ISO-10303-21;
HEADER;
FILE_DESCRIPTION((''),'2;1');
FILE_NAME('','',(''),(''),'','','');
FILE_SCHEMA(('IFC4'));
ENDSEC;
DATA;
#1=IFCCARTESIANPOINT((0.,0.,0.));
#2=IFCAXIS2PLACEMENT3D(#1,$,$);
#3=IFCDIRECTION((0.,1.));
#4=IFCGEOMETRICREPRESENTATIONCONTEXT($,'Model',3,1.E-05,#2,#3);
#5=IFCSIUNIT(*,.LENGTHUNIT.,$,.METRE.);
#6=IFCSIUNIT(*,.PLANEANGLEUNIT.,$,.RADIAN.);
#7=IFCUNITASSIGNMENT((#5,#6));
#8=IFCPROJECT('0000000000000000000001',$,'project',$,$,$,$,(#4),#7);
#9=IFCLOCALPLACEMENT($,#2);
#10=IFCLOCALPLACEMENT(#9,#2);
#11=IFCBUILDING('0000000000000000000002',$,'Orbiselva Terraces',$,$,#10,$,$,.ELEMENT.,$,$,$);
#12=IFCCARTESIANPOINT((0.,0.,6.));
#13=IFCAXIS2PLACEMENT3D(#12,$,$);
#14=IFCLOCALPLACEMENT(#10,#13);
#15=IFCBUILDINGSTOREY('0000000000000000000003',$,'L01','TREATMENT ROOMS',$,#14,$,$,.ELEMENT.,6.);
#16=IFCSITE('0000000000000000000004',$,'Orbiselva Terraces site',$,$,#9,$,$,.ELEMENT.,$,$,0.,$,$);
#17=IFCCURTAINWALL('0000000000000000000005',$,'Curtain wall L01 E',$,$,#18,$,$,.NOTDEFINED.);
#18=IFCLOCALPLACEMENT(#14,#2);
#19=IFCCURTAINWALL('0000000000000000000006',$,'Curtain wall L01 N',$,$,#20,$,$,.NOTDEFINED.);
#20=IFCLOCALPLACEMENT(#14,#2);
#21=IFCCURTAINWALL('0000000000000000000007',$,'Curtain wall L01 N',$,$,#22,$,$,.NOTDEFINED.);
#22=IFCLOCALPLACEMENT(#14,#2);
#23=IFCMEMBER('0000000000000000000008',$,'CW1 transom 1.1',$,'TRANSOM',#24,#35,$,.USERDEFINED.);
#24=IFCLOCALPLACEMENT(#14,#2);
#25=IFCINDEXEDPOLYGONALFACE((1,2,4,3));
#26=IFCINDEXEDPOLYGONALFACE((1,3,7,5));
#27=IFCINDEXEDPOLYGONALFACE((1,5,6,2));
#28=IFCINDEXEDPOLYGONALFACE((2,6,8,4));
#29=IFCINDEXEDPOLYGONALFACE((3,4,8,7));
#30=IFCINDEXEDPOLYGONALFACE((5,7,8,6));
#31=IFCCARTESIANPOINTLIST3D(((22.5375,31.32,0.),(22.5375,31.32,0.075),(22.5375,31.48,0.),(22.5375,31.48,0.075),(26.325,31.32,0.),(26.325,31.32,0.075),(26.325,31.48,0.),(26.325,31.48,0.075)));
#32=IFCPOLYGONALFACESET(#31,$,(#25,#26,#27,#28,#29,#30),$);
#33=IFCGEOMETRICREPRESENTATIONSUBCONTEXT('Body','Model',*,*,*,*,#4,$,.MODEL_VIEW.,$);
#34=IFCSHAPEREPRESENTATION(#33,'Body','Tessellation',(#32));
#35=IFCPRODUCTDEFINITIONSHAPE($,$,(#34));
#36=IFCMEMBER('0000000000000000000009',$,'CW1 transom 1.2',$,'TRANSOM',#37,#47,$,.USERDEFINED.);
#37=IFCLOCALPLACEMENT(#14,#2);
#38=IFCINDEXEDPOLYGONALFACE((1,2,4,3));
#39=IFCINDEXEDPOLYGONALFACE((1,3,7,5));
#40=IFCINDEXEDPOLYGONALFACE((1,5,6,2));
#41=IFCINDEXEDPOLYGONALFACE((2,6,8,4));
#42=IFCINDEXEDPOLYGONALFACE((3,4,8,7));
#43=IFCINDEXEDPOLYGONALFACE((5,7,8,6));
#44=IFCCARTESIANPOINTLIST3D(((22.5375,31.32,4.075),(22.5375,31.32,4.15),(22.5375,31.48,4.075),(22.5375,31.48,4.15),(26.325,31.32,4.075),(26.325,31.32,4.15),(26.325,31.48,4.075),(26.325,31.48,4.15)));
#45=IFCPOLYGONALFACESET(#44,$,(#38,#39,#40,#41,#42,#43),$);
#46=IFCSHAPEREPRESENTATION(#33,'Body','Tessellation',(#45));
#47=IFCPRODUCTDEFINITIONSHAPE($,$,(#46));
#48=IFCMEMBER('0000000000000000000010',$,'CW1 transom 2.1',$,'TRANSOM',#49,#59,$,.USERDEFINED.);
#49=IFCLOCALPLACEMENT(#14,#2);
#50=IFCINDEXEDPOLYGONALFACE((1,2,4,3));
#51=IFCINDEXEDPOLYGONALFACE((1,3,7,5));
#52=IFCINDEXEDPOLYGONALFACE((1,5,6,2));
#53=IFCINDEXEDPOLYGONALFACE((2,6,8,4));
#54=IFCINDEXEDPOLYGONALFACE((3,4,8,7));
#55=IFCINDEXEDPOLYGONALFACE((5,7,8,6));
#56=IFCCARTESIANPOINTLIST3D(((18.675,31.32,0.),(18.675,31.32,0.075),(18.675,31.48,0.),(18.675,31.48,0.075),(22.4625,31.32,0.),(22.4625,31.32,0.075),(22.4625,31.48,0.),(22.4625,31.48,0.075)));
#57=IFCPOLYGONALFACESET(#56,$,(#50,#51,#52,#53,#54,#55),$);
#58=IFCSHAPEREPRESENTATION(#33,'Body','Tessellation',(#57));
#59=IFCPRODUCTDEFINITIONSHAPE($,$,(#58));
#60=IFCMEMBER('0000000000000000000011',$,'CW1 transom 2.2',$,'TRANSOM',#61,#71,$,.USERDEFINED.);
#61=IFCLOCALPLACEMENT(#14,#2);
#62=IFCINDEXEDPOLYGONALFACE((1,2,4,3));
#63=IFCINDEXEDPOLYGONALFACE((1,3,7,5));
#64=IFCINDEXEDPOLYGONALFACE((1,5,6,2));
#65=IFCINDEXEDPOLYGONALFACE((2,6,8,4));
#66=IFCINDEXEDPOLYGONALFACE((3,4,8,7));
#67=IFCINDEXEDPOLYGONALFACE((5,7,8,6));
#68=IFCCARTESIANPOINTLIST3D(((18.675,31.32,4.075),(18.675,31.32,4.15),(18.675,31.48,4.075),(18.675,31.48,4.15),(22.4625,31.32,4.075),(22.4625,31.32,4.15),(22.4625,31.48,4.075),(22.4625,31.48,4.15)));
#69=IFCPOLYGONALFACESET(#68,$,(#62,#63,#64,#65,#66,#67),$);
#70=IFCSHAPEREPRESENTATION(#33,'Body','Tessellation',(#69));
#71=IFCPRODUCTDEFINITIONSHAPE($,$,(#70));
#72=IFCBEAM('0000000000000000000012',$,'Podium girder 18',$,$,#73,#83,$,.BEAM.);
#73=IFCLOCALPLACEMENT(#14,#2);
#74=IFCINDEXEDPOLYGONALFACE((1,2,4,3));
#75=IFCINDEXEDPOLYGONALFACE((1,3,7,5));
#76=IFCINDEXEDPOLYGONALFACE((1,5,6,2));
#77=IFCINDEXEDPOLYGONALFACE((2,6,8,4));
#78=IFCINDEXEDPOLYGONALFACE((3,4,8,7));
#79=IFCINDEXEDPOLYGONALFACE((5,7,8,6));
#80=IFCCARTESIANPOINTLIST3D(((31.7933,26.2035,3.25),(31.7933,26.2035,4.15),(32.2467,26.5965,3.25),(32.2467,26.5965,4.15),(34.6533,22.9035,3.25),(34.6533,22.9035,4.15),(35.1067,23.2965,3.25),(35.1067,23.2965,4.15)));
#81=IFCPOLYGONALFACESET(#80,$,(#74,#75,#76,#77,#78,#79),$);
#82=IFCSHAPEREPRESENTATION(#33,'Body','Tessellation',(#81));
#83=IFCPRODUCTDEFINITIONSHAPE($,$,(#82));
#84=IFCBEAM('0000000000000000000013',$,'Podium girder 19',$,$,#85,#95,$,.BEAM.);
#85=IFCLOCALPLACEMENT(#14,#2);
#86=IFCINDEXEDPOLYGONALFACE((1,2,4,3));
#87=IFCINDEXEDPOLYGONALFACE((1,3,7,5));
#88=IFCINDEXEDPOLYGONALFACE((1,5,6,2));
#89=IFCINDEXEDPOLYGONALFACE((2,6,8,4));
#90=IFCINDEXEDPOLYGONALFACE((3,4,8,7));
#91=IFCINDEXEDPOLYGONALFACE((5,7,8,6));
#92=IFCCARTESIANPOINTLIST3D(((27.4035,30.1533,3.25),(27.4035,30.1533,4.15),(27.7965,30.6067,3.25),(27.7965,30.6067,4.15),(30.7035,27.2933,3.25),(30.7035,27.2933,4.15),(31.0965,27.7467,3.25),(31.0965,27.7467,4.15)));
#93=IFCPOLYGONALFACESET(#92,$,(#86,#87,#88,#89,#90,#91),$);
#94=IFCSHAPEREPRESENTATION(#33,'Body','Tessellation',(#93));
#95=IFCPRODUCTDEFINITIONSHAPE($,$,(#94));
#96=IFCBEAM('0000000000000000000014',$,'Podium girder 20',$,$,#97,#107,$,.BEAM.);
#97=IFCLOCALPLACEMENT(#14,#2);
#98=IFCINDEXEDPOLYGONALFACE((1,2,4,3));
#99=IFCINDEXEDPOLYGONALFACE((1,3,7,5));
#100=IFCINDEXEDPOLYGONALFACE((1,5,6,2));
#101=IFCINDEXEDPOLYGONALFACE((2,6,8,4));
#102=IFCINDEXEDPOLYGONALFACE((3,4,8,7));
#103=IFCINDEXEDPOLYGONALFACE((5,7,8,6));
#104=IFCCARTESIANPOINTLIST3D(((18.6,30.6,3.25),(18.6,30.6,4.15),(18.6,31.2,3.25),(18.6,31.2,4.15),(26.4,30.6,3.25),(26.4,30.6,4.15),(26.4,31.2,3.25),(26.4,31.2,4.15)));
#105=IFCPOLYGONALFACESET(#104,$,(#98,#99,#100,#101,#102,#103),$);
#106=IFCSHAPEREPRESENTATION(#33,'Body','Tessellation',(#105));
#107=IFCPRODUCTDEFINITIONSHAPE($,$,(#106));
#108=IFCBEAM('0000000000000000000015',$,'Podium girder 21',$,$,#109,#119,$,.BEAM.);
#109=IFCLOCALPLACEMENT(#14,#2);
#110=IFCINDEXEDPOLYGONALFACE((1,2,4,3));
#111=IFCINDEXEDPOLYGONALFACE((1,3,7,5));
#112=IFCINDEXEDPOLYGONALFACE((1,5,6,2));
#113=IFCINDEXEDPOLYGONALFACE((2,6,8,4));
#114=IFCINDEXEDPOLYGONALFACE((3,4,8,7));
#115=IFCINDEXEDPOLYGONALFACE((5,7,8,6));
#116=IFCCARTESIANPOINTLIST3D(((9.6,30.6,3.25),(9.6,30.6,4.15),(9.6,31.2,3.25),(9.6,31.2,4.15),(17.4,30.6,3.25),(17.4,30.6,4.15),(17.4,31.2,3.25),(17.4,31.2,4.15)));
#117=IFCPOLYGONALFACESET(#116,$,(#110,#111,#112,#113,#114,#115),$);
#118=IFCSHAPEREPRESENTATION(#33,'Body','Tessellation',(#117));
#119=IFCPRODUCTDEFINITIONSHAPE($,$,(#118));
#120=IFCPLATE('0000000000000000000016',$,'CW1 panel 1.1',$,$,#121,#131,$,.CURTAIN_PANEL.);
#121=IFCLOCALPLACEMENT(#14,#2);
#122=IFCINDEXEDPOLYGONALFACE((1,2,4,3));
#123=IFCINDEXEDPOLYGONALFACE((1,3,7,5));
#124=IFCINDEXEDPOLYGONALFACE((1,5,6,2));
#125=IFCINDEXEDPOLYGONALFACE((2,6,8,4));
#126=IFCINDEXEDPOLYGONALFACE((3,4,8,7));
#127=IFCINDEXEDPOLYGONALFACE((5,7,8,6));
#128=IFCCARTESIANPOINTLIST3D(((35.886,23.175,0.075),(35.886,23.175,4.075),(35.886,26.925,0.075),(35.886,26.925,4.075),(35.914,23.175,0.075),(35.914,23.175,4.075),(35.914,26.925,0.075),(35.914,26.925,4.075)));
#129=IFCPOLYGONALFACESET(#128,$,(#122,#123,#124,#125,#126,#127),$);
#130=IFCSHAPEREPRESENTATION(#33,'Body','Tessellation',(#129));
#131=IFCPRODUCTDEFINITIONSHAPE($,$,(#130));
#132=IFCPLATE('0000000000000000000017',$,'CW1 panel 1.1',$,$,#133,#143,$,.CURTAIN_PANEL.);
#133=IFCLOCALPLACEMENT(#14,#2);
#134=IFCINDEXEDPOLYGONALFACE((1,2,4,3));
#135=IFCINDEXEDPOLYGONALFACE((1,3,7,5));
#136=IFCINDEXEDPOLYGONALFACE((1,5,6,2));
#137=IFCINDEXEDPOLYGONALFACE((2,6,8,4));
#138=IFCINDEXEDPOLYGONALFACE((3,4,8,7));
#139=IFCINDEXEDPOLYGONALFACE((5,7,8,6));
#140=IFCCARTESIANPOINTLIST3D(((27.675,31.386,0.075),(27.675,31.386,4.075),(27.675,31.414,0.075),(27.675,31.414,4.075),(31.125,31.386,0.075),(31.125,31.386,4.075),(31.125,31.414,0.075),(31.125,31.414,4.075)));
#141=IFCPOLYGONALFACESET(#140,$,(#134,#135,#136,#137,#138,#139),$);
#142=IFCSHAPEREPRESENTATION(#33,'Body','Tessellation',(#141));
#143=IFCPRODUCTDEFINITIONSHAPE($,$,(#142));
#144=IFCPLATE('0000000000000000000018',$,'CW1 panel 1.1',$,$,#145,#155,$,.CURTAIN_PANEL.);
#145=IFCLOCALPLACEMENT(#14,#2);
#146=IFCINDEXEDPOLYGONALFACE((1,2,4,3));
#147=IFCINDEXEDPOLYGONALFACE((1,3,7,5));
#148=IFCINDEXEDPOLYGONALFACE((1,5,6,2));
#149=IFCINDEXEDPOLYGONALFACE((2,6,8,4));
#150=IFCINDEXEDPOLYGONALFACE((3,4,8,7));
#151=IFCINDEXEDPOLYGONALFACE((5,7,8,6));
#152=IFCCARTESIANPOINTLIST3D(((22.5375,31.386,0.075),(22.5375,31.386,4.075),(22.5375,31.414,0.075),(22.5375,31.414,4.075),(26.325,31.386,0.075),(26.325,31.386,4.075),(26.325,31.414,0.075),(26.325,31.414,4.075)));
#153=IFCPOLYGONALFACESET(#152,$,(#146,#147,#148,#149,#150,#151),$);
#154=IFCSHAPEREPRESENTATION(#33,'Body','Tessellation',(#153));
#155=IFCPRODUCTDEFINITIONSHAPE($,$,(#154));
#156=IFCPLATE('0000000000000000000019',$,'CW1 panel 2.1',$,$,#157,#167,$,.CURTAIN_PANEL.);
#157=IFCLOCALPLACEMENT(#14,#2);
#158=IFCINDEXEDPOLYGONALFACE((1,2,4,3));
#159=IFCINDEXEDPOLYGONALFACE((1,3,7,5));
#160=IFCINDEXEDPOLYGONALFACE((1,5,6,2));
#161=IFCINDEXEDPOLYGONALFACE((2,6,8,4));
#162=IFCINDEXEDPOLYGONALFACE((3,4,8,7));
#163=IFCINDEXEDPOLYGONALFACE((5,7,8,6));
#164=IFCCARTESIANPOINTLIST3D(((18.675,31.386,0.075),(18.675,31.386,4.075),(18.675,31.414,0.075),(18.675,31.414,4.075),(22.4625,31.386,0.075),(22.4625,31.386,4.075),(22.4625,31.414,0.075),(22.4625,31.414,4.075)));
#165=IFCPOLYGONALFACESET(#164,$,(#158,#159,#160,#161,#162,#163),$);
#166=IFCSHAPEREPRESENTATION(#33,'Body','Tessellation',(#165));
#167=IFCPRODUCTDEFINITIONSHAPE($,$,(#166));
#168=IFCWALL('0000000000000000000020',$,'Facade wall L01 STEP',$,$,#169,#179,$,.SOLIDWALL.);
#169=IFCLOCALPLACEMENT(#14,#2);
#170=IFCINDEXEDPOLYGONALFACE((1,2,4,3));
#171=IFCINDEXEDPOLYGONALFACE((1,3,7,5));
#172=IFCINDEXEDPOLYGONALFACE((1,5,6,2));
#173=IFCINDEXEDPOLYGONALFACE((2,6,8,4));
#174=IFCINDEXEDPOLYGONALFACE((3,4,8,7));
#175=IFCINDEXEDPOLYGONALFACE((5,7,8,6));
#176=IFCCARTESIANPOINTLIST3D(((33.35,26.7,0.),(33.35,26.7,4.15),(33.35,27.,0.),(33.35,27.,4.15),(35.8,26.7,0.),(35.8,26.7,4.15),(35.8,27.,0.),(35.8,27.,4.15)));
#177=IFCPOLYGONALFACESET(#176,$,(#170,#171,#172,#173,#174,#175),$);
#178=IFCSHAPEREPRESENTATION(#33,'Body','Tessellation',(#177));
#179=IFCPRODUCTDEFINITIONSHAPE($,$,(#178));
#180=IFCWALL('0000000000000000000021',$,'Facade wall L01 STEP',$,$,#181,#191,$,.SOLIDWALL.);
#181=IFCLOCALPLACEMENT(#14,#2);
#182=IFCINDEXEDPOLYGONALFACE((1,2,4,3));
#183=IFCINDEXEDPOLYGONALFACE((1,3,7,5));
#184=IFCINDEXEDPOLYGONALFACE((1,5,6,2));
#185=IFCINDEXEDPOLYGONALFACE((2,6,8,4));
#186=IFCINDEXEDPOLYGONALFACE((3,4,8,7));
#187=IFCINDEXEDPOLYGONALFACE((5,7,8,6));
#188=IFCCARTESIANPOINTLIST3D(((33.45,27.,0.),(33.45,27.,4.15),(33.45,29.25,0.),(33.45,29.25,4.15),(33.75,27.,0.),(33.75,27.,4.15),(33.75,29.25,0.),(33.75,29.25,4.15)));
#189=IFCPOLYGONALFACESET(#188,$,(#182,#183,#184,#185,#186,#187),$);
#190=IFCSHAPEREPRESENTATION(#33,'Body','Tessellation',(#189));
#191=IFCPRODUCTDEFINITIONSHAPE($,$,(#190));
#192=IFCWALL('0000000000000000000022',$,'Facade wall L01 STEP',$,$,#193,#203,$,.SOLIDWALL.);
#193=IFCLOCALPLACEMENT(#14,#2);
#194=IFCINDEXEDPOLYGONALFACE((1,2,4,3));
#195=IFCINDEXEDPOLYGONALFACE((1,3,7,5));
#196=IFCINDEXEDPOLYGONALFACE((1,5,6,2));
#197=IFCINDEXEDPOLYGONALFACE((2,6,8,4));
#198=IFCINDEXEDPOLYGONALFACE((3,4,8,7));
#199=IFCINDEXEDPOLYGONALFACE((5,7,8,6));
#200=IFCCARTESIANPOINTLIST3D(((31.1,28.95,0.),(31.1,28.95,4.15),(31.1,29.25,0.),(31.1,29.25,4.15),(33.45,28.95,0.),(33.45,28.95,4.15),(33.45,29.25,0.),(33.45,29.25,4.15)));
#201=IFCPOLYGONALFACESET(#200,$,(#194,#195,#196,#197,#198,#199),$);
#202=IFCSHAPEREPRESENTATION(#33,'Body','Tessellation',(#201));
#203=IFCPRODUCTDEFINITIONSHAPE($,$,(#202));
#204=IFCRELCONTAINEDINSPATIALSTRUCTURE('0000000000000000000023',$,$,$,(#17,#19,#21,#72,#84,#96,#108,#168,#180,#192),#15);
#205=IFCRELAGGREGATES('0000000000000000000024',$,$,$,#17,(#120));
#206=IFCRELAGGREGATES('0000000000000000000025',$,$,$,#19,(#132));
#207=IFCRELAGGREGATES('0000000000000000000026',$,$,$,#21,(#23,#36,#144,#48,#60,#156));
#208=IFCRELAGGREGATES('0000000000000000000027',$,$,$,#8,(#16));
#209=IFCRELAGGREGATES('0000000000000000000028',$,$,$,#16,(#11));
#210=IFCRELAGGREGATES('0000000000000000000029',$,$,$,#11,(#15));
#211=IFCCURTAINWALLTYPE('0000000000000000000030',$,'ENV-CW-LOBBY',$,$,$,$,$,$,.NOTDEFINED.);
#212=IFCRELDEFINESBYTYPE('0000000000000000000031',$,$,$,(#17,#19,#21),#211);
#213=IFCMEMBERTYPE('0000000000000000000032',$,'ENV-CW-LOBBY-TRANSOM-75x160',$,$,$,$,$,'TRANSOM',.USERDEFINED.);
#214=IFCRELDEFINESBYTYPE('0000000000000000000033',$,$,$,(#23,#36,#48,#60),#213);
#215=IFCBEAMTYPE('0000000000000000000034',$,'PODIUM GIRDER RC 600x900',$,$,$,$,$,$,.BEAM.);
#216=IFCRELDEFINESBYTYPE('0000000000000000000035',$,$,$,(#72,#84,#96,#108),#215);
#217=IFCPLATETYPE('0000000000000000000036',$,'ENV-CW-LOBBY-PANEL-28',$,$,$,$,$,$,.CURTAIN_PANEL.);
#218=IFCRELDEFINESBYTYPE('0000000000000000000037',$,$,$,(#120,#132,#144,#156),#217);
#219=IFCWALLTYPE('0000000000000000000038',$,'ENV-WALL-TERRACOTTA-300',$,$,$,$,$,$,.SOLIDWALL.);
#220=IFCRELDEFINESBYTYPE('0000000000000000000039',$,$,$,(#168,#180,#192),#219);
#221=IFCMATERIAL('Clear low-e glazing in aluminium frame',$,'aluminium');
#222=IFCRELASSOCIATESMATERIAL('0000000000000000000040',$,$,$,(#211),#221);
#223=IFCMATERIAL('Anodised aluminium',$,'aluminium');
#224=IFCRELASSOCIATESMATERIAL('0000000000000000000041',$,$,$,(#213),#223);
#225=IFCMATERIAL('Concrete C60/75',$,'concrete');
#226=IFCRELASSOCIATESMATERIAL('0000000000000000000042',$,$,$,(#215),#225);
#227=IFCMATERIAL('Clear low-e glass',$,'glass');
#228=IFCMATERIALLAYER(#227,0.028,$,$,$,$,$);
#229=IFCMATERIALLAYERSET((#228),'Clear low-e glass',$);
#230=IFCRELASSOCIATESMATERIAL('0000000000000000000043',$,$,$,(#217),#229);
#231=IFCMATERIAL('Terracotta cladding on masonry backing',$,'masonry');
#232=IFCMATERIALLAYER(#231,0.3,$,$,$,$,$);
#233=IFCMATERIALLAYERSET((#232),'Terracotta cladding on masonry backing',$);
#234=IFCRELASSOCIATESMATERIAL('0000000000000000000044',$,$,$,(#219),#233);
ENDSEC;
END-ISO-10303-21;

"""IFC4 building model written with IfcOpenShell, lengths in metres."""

from ifc_helpers import new_model, si_unit, direction, frame, frame_2d, origin, origin_2d, place, context, subcontext, project, spatial, rectangle, extrude, material, layer, layer_set, material_profile, profile_set, type_object, element, aggregate, save


model = new_model("IFC4")

# Units and contexts
model_context = context("Model", 3, precision=1e-05, world=origin(), true_north=direction((0.0, 1.0)))
body_context = subcontext(model_context, "Body", "Model", "MODEL_VIEW")
ifc_project = project(units=[si_unit("LENGTHUNIT", "METRE"), si_unit("PLANEANGLEUNIT", "RADIAN")], contexts=[model_context])

# Site, building, storey
site_placement = place(None, origin())
site = spatial("IfcSite", under=ifc_project, at=site_placement, Name="Orbiselva Terraces site", CompositionType="ELEMENT", RefElevation=0.0)
building_placement = place(site_placement, origin())
building = spatial("IfcBuilding", under=site, at=building_placement, Name="Orbiselva Terraces", CompositionType="ELEMENT")
storey_placement = place(building_placement, frame((0.0, 0.0, 6.0)))
storey = spatial("IfcBuildingStorey", under=building, at=storey_placement, Name="L01", Description="TREATMENT ROOMS", CompositionType="ELEMENT", Elevation=6.0)

# Shared definitions
ifc_material_1 = material(Name="Concrete C60/75", Category="concrete")

# Curtain walls
ifc_material_2 = material(Name="Clear low-e glazing in aluminium frame", Category="aluminium")
curtain_wall_type = type_object("IfcCurtainWallType", Name="ENV-CW-LOBBY", PredefinedType="NOTDEFINED", material=ifc_material_2)
curtain_wall_1_placement = place(storey_placement, origin())
curtain_wall_1 = element("IfcCurtainWall", 1, at=curtain_wall_1_placement, inside=storey, type_object=curtain_wall_type, Name="Curtain wall L01 E", PredefinedType="NOTDEFINED")
ifc_material_3 = material(Name="Anodised aluminium", Category="aluminium")
curtain_wall_2_placement = place(storey_placement, origin())
curtain_wall_2 = element("IfcCurtainWall", 2, at=curtain_wall_2_placement, inside=storey, type_object=curtain_wall_type, Name="Curtain wall L01 N", PredefinedType="NOTDEFINED")
curtain_wall_3_placement = place(storey_placement, origin())
curtain_wall_3 = element("IfcCurtainWall", 3, at=curtain_wall_3_placement, inside=storey, type_object=curtain_wall_type, Name="Curtain wall L01 N", PredefinedType="NOTDEFINED")

# Members
ifc_material_profile_1 = material_profile(ifc_material_3, rectangle(XDim=0.16, YDim=0.075, at=origin_2d()), Name="AL 75x160")
ifc_profile_set_1 = profile_set([ifc_material_profile_1], Name="Anodised aluminium")
member_type_1 = type_object("IfcMemberType", Name="ENV-CW-LOBBY-TRANSOM-75x160", ElementType="TRANSOM", PredefinedType="USERDEFINED", material=ifc_profile_set_1)
member_1_placement = place(storey_placement, frame((26.325, 31.4, 0.0375), z_axis=(-1.0, 0.0, 0.0), x_axis=(0.0, -1.0, 0.0)))
member_1 = element("IfcMember", 4, at=member_1_placement, type_object=member_type_1, Name="CW1 transom 1.1", ObjectType="TRANSOM", PredefinedType="USERDEFINED", context=body_context, shape_type="SweptSolid", body=[
    extrude(rectangle(XDim=0.16, YDim=0.075, at=origin_2d()), origin(), (0.0, 0.0, 1.0), 3.7875),
])
member_2_placement = place(storey_placement, frame((26.325, 31.4, 4.1125), z_axis=(-1.0, 0.0, 0.0), x_axis=(0.0, -1.0, 0.0)))
member_2 = element("IfcMember", 5, at=member_2_placement, type_object=member_type_1, Name="CW1 transom 1.2", ObjectType="TRANSOM", PredefinedType="USERDEFINED", context=body_context, shape_type="SweptSolid", body=[
    extrude(rectangle(XDim=0.16, YDim=0.075, at=origin_2d()), origin(), (0.0, 0.0, 1.0), 3.7875),
])
member_3_placement = place(storey_placement, frame((22.4625, 31.4, 0.0375), z_axis=(-1.0, 0.0, 0.0), x_axis=(0.0, -1.0, 0.0)))
member_3 = element("IfcMember", 6, at=member_3_placement, type_object=member_type_1, Name="CW1 transom 2.1", ObjectType="TRANSOM", PredefinedType="USERDEFINED", context=body_context, shape_type="SweptSolid", body=[
    extrude(rectangle(XDim=0.16, YDim=0.075, at=origin_2d()), origin(), (0.0, 0.0, 1.0), 3.7875),
])
member_4_placement = place(storey_placement, frame((22.4625, 31.4, 4.1125), z_axis=(-1.0, 0.0, 0.0), x_axis=(0.0, -1.0, 0.0)))
member_4 = element("IfcMember", 7, at=member_4_placement, type_object=member_type_1, Name="CW1 transom 2.2", ObjectType="TRANSOM", PredefinedType="USERDEFINED", context=body_context, shape_type="SweptSolid", body=[
    extrude(rectangle(XDim=0.16, YDim=0.075, at=origin_2d()), origin(), (0.0, 0.0, 1.0), 3.7875),
])

# Beams
ifc_material_profile_2 = material_profile(ifc_material_1, rectangle(XDim=0.6, YDim=0.9, at=origin_2d()), Name="RC 600x900")
ifc_profile_set_2 = profile_set([ifc_material_profile_2], Name="Concrete C60/75")
beam_type = type_object("IfcBeamType", Name="PODIUM GIRDER RC 600x900", PredefinedType="BEAM", material=ifc_profile_set_2)
for number, where, z_axis, x_axis, name in (
    (8, (34.88, 23.1, 3.7), (-0.654931, 0.755689, 0.0), (-0.755689, -0.654931, 0.0), "Podium girder 18"),
    (9, (30.9, 27.52, 3.7), (-0.755689, 0.654931, 0.0), (-0.654931, -0.755689, 0.0), "Podium girder 19"),
):
    element("IfcBeam", number, at=place(storey_placement, frame(where, z_axis=z_axis, x_axis=x_axis)), inside=storey, type_object=beam_type, Name=name, PredefinedType="BEAM", context=body_context, shape_type="SweptSolid", body=[
        extrude(rectangle(XDim=0.6, YDim=0.9, at=origin_2d()), origin(), (0.0, 0.0, 1.0), 4.3669),
    ])
for number, where, z_axis, x_axis, name in (
    (10, (26.4, 30.9, 3.7), (-1.0, 0.0, 0.0), (0.0, -1.0, 0.0), "Podium girder 20"),
    (11, (17.4, 30.9, 3.7), (-1.0, 0.0, 0.0), (0.0, -1.0, 0.0), "Podium girder 21"),
):
    element("IfcBeam", number, at=place(storey_placement, frame(where, z_axis=z_axis, x_axis=x_axis)), inside=storey, type_object=beam_type, Name=name, PredefinedType="BEAM", context=body_context, shape_type="SweptSolid", body=[
        extrude(rectangle(XDim=0.6, YDim=0.9, at=origin_2d()), origin(), (0.0, 0.0, 1.0), 7.8),
    ])

# Plates
ifc_material_4 = material(Name="Clear low-e glass", Category="glass")
ifc_layer_1 = layer(ifc_material_4, 0.028)
ifc_layer_set_1 = layer_set([ifc_layer_1], Name="Clear low-e glass")
plate_type = type_object("IfcPlateType", Name="ENV-CW-LOBBY-PANEL-28", PredefinedType="CURTAIN_PANEL", material=ifc_layer_set_1)
plate_1_placement = place(storey_placement, frame((35.9, 25.05, 0.075), z_axis=(0.0, 0.0, 1.0), x_axis=(0.0, 1.0, 0.0)))
plate_1 = element("IfcPlate", 12, at=plate_1_placement, type_object=plate_type, Name="CW1 panel 1.1", PredefinedType="CURTAIN_PANEL", context=body_context, shape_type="SweptSolid", body=[
    extrude(rectangle(XDim=3.75, YDim=0.028, at=origin_2d()), origin(), (0.0, 0.0, 1.0), 4.0),
])
aggregate(curtain_wall_1, [plate_1])
plate_2_placement = place(storey_placement, frame((29.4, 31.4, 0.075), z_axis=(0.0, 0.0, 1.0), x_axis=(-1.0, 0.0, 0.0)))
plate_2 = element("IfcPlate", 13, at=plate_2_placement, type_object=plate_type, Name="CW1 panel 1.1", PredefinedType="CURTAIN_PANEL", context=body_context, shape_type="SweptSolid", body=[
    extrude(rectangle(XDim=3.45, YDim=0.028, at=origin_2d()), origin(), (0.0, 0.0, 1.0), 4.0),
])
aggregate(curtain_wall_2, [plate_2])
plate_3_placement = place(storey_placement, frame((24.4312, 31.4, 0.075), z_axis=(0.0, 0.0, 1.0), x_axis=(-1.0, 0.0, 0.0)))
plate_3 = element("IfcPlate", 14, at=plate_3_placement, type_object=plate_type, Name="CW1 panel 1.1", PredefinedType="CURTAIN_PANEL", context=body_context, shape_type="SweptSolid", body=[
    extrude(rectangle(XDim=3.7875, YDim=0.028, at=origin_2d()), origin(), (0.0, 0.0, 1.0), 4.0),
])
plate_4_placement = place(storey_placement, frame((20.5688, 31.4, 0.075), z_axis=(0.0, 0.0, 1.0), x_axis=(-1.0, 0.0, 0.0)))
plate_4 = element("IfcPlate", 15, at=plate_4_placement, type_object=plate_type, Name="CW1 panel 2.1", PredefinedType="CURTAIN_PANEL", context=body_context, shape_type="SweptSolid", body=[
    extrude(rectangle(XDim=3.7875, YDim=0.028, at=origin_2d()), origin(), (0.0, 0.0, 1.0), 4.0),
])
aggregate(curtain_wall_3, [member_1, member_2, plate_3, member_3, member_4, plate_4])

# Walls
ifc_material_5 = material(Name="Terracotta cladding on masonry backing", Category="masonry")
ifc_layer_2 = layer(ifc_material_5, 0.3)
ifc_layer_set_2 = layer_set([ifc_layer_2], Name="Terracotta cladding on masonry backing")
wall_type_1 = type_object("IfcWallType", Name="ENV-WALL-TERRACOTTA-300", PredefinedType="SOLIDWALL", material=ifc_layer_set_2)
wall_1_placement = place(storey_placement, frame((33.35, 26.85, 0.0), z_axis=(0.0, 0.0, 1.0), x_axis=(1.0, 0.0, 0.0)))
element("IfcWall", 16, at=wall_1_placement, inside=storey, type_object=wall_type_1, Name="Facade wall L01 STEP", PredefinedType="SOLIDWALL", context=body_context, shape_type="SweptSolid", body=[
    extrude(rectangle(XDim=2.45, YDim=0.3, at=frame_2d((1.225, 0.0))), origin(), (0.0, 0.0, 1.0), 4.15),
])
wall_2_placement = place(storey_placement, frame((33.6, 29.25, 0.0), z_axis=(0.0, 0.0, 1.0), x_axis=(0.0, -1.0, 0.0)))
element("IfcWall", 17, at=wall_2_placement, inside=storey, type_object=wall_type_1, Name="Facade wall L01 STEP", PredefinedType="SOLIDWALL", context=body_context, shape_type="SweptSolid", body=[
    extrude(rectangle(XDim=2.25, YDim=0.3, at=frame_2d((1.125, 0.0))), origin(), (0.0, 0.0, 1.0), 4.15),
])
wall_3_placement = place(storey_placement, frame((31.1, 29.1, 0.0), z_axis=(0.0, 0.0, 1.0), x_axis=(1.0, 0.0, 0.0)))
element("IfcWall", 18, at=wall_3_placement, inside=storey, type_object=wall_type_1, Name="Facade wall L01 STEP", PredefinedType="SOLIDWALL", context=body_context, shape_type="SweptSolid", body=[
    extrude(rectangle(XDim=2.35, YDim=0.3, at=frame_2d((1.175, 0.0))), origin(), (0.0, 0.0, 1.0), 4.15),
])

save(model, "model.ifc")
